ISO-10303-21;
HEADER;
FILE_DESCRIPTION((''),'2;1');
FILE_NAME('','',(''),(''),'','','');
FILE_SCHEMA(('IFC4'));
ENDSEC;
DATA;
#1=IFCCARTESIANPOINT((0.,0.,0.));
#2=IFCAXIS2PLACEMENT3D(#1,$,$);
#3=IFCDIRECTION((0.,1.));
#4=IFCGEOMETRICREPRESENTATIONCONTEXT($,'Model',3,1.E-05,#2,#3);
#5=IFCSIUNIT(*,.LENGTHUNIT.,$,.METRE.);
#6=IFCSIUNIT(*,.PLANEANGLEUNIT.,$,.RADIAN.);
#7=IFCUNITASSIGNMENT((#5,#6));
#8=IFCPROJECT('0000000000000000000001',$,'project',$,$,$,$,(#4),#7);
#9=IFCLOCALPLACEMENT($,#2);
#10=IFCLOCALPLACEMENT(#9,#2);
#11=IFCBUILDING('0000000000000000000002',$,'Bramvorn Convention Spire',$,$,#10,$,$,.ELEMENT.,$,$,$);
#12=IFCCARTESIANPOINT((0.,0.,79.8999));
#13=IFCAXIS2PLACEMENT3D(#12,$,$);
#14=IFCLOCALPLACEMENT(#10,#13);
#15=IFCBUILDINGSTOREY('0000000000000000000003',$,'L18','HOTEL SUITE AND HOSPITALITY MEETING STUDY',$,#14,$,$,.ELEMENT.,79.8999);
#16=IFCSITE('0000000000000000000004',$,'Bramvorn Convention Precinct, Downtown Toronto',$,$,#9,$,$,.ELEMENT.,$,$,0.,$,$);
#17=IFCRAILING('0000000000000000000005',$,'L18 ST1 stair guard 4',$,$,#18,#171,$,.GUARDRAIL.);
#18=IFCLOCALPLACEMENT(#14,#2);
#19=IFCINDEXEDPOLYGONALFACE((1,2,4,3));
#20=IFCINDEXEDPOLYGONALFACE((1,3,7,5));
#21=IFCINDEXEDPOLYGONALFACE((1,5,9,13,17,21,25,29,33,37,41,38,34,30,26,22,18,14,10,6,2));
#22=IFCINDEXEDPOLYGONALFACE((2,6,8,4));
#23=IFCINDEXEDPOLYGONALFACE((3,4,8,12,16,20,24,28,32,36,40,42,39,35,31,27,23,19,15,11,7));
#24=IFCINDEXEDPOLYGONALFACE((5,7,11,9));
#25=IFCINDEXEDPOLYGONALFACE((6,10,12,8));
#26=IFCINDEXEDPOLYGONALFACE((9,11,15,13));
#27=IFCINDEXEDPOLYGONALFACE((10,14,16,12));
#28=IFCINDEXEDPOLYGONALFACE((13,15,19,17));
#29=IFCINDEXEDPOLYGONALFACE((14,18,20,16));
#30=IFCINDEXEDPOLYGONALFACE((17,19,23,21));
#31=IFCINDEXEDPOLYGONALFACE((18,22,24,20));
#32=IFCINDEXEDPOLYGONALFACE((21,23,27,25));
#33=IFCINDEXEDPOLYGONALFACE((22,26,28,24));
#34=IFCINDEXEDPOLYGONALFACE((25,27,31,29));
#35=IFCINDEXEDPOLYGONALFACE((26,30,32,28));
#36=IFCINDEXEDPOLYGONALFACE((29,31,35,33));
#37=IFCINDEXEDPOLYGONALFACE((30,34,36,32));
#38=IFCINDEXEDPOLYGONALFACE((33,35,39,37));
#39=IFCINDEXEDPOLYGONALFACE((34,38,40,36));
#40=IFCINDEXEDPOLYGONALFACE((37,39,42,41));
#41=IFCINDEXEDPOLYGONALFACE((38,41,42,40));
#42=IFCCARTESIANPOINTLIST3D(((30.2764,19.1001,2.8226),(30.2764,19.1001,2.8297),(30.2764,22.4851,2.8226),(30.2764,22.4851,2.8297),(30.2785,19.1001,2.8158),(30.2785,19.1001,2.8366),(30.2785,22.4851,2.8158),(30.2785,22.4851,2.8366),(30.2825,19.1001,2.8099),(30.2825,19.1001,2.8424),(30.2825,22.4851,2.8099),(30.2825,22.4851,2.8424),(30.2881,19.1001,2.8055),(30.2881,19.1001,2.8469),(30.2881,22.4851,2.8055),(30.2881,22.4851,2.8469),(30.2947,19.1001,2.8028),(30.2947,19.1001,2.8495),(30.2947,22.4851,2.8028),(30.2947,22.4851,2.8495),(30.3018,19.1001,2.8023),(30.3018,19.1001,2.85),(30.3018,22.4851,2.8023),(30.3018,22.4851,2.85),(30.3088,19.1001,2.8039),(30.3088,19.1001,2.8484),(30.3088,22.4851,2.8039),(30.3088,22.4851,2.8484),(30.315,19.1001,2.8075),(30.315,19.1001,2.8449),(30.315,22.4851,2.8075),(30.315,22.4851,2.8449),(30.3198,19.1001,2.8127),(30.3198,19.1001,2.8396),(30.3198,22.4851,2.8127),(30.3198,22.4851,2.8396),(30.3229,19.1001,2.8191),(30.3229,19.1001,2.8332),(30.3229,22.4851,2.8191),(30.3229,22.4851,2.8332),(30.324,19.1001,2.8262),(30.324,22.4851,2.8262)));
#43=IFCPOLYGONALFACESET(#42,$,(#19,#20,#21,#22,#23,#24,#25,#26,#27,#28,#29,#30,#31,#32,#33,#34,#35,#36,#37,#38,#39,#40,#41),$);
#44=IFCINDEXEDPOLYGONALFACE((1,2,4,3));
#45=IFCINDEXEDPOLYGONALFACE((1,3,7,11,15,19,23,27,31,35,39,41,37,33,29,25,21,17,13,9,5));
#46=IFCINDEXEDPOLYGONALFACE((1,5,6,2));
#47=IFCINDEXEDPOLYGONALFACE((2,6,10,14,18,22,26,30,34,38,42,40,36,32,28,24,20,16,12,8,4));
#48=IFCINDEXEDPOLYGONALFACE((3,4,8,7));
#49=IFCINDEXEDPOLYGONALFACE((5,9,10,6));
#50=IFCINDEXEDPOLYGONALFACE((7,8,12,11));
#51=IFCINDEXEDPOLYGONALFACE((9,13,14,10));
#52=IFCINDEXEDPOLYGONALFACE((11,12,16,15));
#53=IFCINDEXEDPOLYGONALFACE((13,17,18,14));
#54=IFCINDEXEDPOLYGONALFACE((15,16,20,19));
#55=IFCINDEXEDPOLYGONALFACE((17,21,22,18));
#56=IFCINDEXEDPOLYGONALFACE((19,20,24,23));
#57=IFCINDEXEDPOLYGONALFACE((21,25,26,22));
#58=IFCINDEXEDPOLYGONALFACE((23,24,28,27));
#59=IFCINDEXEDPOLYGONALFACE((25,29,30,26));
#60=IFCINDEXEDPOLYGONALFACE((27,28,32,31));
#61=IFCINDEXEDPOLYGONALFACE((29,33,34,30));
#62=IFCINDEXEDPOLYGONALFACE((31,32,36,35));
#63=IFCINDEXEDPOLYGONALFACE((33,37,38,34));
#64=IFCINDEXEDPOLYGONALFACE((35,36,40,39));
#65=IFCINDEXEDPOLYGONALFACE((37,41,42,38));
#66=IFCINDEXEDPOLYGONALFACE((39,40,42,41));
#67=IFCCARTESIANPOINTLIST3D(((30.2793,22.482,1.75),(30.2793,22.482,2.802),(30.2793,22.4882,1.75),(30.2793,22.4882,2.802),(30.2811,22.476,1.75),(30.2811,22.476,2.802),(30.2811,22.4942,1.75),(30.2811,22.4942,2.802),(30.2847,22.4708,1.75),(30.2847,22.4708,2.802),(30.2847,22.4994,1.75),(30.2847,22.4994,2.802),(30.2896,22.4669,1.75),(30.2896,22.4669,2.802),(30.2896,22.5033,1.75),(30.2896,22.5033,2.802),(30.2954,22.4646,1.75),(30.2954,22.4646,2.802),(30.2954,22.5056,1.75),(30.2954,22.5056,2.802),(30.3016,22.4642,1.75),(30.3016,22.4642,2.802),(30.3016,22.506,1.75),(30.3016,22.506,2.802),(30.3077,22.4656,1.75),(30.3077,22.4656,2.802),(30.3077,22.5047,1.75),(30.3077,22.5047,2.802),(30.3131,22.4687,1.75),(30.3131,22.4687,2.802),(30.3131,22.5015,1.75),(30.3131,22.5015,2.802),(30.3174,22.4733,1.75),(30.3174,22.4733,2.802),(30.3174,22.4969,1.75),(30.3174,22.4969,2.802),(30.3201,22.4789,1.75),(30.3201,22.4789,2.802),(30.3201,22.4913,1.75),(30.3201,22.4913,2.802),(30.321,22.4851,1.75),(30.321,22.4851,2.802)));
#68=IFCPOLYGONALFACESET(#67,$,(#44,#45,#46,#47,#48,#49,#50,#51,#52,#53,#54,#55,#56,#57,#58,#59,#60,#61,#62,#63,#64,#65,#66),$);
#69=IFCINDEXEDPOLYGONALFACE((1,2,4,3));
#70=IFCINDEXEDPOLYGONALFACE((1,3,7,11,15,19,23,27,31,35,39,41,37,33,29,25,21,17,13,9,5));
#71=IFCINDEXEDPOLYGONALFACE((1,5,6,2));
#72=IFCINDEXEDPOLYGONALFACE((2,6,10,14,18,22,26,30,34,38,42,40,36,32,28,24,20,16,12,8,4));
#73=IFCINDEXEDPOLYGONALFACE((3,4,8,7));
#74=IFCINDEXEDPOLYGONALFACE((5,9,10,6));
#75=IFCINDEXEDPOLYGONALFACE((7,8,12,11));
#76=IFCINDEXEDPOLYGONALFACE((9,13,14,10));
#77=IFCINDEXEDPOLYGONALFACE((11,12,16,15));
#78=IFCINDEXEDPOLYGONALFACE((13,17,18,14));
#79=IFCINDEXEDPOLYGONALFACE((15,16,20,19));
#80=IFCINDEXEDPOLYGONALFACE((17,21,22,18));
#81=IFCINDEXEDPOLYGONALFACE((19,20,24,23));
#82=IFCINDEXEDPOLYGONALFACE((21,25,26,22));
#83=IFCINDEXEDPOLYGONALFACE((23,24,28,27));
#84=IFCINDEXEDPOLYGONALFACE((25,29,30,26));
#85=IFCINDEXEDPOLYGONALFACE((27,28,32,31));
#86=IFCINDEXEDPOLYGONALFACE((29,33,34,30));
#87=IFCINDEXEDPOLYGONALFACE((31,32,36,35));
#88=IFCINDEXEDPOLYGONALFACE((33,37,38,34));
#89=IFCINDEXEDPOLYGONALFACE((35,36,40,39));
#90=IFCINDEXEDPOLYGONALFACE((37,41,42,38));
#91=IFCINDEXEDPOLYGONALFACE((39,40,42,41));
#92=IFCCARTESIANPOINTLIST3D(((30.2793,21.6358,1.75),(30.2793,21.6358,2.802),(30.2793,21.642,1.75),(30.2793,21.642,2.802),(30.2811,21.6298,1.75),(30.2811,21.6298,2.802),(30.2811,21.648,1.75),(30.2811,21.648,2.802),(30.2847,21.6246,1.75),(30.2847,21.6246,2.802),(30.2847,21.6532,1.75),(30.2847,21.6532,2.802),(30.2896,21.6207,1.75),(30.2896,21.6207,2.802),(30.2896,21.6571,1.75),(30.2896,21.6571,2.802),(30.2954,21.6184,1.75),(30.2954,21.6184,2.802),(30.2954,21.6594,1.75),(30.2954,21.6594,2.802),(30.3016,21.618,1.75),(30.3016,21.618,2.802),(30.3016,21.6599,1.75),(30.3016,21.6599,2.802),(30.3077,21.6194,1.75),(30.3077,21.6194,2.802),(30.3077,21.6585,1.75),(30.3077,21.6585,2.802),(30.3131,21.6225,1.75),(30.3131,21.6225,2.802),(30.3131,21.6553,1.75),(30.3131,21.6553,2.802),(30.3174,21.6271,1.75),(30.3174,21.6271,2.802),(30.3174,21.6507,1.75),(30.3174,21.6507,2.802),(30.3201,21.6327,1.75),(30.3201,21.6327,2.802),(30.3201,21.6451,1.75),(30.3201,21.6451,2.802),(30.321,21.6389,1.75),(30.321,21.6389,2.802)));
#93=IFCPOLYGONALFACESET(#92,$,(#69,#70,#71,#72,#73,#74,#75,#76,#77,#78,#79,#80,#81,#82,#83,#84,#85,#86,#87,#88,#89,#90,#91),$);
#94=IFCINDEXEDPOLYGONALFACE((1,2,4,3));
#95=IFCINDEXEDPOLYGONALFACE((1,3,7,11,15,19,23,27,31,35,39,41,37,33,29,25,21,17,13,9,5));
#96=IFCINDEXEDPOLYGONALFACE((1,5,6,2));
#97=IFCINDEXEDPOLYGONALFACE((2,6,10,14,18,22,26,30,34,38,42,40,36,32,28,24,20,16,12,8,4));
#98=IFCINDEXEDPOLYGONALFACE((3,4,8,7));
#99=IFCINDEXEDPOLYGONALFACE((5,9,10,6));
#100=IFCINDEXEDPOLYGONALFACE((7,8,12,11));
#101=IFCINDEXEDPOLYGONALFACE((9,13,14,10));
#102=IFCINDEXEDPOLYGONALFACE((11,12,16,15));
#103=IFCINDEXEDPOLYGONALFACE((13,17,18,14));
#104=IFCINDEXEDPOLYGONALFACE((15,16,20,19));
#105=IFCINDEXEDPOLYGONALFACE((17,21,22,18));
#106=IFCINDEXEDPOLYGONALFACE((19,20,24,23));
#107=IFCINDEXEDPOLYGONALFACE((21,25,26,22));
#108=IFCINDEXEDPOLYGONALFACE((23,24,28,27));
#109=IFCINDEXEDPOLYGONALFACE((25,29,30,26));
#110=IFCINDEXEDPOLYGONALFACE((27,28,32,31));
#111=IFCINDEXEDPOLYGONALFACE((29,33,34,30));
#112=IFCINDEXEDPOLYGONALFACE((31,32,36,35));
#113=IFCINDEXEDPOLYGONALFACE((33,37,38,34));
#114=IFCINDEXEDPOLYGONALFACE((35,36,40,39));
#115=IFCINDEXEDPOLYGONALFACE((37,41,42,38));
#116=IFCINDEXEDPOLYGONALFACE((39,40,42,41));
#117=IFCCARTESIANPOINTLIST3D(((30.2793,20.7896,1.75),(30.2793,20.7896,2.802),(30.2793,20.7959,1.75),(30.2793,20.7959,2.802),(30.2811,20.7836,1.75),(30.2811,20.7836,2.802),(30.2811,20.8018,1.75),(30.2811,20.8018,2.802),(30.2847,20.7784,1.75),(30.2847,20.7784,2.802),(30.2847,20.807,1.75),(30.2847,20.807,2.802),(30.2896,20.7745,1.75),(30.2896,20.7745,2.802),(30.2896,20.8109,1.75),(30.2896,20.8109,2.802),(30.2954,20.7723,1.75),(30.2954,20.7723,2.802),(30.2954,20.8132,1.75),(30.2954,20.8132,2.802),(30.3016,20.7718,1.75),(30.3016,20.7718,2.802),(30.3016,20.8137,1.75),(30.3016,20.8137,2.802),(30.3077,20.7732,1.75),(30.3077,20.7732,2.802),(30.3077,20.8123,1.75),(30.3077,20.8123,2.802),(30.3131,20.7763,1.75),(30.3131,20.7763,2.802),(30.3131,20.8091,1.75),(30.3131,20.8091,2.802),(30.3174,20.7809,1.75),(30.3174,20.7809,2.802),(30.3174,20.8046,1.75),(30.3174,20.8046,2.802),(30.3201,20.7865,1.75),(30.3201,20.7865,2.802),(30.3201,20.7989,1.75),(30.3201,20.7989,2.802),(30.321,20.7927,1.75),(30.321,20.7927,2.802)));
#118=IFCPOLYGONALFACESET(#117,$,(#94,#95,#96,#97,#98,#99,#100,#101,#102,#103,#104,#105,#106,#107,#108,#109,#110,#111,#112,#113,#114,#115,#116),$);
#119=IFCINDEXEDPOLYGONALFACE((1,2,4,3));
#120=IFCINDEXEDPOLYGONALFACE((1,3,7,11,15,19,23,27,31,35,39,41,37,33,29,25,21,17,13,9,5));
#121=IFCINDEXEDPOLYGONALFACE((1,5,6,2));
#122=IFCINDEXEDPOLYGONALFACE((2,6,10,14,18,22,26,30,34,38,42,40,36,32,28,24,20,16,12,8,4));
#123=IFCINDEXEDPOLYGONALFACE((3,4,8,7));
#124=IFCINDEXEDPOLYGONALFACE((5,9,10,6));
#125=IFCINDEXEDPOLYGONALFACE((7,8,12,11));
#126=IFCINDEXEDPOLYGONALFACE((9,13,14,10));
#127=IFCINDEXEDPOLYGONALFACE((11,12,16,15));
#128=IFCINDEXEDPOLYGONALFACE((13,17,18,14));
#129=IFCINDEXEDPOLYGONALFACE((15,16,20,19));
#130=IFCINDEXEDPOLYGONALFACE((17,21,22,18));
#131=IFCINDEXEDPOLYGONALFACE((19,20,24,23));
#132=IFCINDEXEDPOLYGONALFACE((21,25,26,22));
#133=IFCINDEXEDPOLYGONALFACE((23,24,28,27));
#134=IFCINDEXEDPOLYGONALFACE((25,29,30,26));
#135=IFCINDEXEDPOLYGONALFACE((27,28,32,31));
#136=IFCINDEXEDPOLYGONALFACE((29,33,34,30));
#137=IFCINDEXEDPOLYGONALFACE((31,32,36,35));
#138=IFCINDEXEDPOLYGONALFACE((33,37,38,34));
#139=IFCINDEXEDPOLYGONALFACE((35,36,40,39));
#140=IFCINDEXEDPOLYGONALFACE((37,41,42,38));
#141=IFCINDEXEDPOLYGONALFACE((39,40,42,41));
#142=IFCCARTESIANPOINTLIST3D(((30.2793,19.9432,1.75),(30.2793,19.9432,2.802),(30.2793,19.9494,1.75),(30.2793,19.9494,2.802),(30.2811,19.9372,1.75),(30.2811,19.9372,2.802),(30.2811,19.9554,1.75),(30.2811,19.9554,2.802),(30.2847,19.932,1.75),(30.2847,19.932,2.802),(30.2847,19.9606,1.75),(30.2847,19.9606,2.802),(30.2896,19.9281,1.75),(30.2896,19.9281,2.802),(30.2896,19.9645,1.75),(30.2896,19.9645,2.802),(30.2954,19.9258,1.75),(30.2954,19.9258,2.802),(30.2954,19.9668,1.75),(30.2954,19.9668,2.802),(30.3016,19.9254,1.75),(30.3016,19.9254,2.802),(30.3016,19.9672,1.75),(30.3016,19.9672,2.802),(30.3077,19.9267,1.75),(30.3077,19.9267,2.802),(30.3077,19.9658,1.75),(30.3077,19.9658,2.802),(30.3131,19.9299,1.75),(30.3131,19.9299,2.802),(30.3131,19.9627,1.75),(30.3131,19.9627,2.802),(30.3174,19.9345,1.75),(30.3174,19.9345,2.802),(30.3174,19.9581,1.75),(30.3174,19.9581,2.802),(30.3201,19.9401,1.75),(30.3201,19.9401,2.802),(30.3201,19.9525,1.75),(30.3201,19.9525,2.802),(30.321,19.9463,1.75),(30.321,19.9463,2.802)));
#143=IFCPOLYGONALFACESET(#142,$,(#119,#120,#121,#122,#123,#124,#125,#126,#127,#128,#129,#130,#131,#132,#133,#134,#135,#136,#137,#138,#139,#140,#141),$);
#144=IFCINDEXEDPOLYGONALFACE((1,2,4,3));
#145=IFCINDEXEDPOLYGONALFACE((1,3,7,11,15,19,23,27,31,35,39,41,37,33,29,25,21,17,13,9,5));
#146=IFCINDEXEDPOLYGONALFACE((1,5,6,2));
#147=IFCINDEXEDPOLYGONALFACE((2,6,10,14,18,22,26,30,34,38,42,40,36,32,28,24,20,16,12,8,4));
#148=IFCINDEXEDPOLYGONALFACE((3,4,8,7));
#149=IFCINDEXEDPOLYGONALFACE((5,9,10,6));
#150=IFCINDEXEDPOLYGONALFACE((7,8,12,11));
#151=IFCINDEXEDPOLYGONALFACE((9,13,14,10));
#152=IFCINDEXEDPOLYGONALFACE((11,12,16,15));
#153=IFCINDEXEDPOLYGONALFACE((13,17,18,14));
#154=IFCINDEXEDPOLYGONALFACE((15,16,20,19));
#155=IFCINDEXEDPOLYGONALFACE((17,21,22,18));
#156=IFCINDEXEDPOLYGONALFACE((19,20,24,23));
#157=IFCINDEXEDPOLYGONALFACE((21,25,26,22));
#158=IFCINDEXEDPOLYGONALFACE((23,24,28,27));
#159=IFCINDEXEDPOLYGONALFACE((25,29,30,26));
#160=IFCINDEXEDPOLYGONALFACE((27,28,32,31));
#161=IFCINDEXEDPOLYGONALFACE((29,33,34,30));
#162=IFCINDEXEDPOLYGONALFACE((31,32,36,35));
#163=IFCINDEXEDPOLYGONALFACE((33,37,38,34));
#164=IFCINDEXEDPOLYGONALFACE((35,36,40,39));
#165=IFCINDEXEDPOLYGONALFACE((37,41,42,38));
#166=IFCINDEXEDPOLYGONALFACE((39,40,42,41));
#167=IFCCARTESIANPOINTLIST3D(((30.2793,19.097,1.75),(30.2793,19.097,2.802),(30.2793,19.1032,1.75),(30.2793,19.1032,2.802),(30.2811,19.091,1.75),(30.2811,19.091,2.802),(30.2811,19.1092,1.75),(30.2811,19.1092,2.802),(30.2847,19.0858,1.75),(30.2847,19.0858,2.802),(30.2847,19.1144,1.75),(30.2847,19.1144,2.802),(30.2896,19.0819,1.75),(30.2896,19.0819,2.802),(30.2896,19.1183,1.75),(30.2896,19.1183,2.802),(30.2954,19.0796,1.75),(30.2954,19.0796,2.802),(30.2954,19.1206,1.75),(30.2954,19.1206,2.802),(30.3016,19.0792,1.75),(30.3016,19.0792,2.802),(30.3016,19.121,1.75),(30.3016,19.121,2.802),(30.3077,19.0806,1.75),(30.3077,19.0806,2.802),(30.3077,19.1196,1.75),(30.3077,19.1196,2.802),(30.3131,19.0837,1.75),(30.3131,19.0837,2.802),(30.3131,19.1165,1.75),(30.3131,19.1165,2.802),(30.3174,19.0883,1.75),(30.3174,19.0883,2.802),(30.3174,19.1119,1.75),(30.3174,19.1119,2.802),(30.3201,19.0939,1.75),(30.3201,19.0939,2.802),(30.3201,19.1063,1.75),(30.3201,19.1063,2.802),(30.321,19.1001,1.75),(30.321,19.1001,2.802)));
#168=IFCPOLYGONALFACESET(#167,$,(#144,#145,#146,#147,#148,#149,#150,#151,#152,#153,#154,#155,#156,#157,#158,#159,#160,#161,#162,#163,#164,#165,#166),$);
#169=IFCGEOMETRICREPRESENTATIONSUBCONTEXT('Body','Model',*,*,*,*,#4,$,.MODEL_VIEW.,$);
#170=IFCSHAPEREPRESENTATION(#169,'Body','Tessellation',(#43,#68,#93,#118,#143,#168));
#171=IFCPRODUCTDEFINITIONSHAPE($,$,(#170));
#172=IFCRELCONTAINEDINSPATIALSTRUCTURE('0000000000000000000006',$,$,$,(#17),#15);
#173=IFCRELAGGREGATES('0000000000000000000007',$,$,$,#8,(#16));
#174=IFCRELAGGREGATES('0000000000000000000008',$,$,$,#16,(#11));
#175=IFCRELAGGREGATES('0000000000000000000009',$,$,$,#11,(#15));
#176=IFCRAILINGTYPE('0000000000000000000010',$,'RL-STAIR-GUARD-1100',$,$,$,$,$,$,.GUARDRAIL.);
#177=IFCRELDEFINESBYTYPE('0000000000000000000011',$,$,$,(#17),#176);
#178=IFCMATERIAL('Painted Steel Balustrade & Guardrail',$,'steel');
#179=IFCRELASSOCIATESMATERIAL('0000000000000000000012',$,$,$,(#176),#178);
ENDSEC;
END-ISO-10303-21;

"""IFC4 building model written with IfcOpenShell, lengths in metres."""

from ifc_helpers import new_model, si_unit, direction, frame, origin, origin_2d, place, context, subcontext, project, spatial, circle, extrude, material, type_object, element, save


model = new_model("IFC4")

# Units and contexts
model_context = context("Model", 3, precision=1e-05, world=origin(), true_north=direction((0.0, 1.0)))
body_context = subcontext(model_context, "Body", "Model", "MODEL_VIEW")
ifc_project = project(units=[si_unit("LENGTHUNIT", "METRE"), si_unit("PLANEANGLEUNIT", "RADIAN")], contexts=[model_context])

# Site, building, storey
site_placement = place(None, origin())
site = spatial("IfcSite", under=ifc_project, at=site_placement, Name="Bramvorn Convention Precinct, Downtown Toronto", CompositionType="ELEMENT", RefElevation=0.0)
building_placement = place(site_placement, origin())
building = spatial("IfcBuilding", under=site, at=building_placement, Name="Bramvorn Convention Spire", CompositionType="ELEMENT")
storey_placement = place(building_placement, frame((0.0, 0.0, 79.8999)))
storey = spatial("IfcBuildingStorey", under=building, at=storey_placement, Name="L18", Description="HOTEL SUITE AND HOSPITALITY MEETING STUDY", CompositionType="ELEMENT", Elevation=79.8999)

# Railing
ifc_material_1 = material(Name="Painted Steel Balustrade & Guardrail", Category="steel")
railing_type_1 = type_object("IfcRailingType", Name="RL-STAIR-GUARD-1100", PredefinedType="GUARDRAIL", material=ifc_material_1)
for number, where, name in (
    (1, (30.3, 22.4851, 1.75), "L18 ST1 stair guard 4"),
):
    element("IfcRailing", number, at=place(storey_placement, frame(where)), inside=storey, type_object=railing_type_1, Name=name, PredefinedType="GUARDRAIL", context=body_context, shape_type="SweptSolid", body=[
        extrude(circle(Radius=0.0239, at=origin_2d()), frame((0.0, 0.0, 1.0762), z_axis=(0.0, -1.0, 0.0), x_axis=(1.0, 0.0, 0.0)), (0.0, 0.0, 1.0), 3.385),
        extrude(circle(Radius=0.021, at=origin_2d()), origin(), (0.0, 0.0, 1.0), 1.052),
        extrude(circle(Radius=0.021, at=origin_2d()), frame((0.0, -0.8462, 0.0)), (0.0, 0.0, 1.0), 1.052),
        extrude(circle(Radius=0.021, at=origin_2d()), frame((0.0, -1.6924, 0.0)), (0.0, 0.0, 1.0), 1.052),
        extrude(circle(Radius=0.021, at=origin_2d()), frame((0.0, -2.5388, 0.0)), (0.0, 0.0, 1.0), 1.052),
        extrude(circle(Radius=0.021, at=origin_2d()), frame((0.0, -3.385, 0.0)), (0.0, 0.0, 1.0), 1.052),
    ])

save(model, "model.ifc")
